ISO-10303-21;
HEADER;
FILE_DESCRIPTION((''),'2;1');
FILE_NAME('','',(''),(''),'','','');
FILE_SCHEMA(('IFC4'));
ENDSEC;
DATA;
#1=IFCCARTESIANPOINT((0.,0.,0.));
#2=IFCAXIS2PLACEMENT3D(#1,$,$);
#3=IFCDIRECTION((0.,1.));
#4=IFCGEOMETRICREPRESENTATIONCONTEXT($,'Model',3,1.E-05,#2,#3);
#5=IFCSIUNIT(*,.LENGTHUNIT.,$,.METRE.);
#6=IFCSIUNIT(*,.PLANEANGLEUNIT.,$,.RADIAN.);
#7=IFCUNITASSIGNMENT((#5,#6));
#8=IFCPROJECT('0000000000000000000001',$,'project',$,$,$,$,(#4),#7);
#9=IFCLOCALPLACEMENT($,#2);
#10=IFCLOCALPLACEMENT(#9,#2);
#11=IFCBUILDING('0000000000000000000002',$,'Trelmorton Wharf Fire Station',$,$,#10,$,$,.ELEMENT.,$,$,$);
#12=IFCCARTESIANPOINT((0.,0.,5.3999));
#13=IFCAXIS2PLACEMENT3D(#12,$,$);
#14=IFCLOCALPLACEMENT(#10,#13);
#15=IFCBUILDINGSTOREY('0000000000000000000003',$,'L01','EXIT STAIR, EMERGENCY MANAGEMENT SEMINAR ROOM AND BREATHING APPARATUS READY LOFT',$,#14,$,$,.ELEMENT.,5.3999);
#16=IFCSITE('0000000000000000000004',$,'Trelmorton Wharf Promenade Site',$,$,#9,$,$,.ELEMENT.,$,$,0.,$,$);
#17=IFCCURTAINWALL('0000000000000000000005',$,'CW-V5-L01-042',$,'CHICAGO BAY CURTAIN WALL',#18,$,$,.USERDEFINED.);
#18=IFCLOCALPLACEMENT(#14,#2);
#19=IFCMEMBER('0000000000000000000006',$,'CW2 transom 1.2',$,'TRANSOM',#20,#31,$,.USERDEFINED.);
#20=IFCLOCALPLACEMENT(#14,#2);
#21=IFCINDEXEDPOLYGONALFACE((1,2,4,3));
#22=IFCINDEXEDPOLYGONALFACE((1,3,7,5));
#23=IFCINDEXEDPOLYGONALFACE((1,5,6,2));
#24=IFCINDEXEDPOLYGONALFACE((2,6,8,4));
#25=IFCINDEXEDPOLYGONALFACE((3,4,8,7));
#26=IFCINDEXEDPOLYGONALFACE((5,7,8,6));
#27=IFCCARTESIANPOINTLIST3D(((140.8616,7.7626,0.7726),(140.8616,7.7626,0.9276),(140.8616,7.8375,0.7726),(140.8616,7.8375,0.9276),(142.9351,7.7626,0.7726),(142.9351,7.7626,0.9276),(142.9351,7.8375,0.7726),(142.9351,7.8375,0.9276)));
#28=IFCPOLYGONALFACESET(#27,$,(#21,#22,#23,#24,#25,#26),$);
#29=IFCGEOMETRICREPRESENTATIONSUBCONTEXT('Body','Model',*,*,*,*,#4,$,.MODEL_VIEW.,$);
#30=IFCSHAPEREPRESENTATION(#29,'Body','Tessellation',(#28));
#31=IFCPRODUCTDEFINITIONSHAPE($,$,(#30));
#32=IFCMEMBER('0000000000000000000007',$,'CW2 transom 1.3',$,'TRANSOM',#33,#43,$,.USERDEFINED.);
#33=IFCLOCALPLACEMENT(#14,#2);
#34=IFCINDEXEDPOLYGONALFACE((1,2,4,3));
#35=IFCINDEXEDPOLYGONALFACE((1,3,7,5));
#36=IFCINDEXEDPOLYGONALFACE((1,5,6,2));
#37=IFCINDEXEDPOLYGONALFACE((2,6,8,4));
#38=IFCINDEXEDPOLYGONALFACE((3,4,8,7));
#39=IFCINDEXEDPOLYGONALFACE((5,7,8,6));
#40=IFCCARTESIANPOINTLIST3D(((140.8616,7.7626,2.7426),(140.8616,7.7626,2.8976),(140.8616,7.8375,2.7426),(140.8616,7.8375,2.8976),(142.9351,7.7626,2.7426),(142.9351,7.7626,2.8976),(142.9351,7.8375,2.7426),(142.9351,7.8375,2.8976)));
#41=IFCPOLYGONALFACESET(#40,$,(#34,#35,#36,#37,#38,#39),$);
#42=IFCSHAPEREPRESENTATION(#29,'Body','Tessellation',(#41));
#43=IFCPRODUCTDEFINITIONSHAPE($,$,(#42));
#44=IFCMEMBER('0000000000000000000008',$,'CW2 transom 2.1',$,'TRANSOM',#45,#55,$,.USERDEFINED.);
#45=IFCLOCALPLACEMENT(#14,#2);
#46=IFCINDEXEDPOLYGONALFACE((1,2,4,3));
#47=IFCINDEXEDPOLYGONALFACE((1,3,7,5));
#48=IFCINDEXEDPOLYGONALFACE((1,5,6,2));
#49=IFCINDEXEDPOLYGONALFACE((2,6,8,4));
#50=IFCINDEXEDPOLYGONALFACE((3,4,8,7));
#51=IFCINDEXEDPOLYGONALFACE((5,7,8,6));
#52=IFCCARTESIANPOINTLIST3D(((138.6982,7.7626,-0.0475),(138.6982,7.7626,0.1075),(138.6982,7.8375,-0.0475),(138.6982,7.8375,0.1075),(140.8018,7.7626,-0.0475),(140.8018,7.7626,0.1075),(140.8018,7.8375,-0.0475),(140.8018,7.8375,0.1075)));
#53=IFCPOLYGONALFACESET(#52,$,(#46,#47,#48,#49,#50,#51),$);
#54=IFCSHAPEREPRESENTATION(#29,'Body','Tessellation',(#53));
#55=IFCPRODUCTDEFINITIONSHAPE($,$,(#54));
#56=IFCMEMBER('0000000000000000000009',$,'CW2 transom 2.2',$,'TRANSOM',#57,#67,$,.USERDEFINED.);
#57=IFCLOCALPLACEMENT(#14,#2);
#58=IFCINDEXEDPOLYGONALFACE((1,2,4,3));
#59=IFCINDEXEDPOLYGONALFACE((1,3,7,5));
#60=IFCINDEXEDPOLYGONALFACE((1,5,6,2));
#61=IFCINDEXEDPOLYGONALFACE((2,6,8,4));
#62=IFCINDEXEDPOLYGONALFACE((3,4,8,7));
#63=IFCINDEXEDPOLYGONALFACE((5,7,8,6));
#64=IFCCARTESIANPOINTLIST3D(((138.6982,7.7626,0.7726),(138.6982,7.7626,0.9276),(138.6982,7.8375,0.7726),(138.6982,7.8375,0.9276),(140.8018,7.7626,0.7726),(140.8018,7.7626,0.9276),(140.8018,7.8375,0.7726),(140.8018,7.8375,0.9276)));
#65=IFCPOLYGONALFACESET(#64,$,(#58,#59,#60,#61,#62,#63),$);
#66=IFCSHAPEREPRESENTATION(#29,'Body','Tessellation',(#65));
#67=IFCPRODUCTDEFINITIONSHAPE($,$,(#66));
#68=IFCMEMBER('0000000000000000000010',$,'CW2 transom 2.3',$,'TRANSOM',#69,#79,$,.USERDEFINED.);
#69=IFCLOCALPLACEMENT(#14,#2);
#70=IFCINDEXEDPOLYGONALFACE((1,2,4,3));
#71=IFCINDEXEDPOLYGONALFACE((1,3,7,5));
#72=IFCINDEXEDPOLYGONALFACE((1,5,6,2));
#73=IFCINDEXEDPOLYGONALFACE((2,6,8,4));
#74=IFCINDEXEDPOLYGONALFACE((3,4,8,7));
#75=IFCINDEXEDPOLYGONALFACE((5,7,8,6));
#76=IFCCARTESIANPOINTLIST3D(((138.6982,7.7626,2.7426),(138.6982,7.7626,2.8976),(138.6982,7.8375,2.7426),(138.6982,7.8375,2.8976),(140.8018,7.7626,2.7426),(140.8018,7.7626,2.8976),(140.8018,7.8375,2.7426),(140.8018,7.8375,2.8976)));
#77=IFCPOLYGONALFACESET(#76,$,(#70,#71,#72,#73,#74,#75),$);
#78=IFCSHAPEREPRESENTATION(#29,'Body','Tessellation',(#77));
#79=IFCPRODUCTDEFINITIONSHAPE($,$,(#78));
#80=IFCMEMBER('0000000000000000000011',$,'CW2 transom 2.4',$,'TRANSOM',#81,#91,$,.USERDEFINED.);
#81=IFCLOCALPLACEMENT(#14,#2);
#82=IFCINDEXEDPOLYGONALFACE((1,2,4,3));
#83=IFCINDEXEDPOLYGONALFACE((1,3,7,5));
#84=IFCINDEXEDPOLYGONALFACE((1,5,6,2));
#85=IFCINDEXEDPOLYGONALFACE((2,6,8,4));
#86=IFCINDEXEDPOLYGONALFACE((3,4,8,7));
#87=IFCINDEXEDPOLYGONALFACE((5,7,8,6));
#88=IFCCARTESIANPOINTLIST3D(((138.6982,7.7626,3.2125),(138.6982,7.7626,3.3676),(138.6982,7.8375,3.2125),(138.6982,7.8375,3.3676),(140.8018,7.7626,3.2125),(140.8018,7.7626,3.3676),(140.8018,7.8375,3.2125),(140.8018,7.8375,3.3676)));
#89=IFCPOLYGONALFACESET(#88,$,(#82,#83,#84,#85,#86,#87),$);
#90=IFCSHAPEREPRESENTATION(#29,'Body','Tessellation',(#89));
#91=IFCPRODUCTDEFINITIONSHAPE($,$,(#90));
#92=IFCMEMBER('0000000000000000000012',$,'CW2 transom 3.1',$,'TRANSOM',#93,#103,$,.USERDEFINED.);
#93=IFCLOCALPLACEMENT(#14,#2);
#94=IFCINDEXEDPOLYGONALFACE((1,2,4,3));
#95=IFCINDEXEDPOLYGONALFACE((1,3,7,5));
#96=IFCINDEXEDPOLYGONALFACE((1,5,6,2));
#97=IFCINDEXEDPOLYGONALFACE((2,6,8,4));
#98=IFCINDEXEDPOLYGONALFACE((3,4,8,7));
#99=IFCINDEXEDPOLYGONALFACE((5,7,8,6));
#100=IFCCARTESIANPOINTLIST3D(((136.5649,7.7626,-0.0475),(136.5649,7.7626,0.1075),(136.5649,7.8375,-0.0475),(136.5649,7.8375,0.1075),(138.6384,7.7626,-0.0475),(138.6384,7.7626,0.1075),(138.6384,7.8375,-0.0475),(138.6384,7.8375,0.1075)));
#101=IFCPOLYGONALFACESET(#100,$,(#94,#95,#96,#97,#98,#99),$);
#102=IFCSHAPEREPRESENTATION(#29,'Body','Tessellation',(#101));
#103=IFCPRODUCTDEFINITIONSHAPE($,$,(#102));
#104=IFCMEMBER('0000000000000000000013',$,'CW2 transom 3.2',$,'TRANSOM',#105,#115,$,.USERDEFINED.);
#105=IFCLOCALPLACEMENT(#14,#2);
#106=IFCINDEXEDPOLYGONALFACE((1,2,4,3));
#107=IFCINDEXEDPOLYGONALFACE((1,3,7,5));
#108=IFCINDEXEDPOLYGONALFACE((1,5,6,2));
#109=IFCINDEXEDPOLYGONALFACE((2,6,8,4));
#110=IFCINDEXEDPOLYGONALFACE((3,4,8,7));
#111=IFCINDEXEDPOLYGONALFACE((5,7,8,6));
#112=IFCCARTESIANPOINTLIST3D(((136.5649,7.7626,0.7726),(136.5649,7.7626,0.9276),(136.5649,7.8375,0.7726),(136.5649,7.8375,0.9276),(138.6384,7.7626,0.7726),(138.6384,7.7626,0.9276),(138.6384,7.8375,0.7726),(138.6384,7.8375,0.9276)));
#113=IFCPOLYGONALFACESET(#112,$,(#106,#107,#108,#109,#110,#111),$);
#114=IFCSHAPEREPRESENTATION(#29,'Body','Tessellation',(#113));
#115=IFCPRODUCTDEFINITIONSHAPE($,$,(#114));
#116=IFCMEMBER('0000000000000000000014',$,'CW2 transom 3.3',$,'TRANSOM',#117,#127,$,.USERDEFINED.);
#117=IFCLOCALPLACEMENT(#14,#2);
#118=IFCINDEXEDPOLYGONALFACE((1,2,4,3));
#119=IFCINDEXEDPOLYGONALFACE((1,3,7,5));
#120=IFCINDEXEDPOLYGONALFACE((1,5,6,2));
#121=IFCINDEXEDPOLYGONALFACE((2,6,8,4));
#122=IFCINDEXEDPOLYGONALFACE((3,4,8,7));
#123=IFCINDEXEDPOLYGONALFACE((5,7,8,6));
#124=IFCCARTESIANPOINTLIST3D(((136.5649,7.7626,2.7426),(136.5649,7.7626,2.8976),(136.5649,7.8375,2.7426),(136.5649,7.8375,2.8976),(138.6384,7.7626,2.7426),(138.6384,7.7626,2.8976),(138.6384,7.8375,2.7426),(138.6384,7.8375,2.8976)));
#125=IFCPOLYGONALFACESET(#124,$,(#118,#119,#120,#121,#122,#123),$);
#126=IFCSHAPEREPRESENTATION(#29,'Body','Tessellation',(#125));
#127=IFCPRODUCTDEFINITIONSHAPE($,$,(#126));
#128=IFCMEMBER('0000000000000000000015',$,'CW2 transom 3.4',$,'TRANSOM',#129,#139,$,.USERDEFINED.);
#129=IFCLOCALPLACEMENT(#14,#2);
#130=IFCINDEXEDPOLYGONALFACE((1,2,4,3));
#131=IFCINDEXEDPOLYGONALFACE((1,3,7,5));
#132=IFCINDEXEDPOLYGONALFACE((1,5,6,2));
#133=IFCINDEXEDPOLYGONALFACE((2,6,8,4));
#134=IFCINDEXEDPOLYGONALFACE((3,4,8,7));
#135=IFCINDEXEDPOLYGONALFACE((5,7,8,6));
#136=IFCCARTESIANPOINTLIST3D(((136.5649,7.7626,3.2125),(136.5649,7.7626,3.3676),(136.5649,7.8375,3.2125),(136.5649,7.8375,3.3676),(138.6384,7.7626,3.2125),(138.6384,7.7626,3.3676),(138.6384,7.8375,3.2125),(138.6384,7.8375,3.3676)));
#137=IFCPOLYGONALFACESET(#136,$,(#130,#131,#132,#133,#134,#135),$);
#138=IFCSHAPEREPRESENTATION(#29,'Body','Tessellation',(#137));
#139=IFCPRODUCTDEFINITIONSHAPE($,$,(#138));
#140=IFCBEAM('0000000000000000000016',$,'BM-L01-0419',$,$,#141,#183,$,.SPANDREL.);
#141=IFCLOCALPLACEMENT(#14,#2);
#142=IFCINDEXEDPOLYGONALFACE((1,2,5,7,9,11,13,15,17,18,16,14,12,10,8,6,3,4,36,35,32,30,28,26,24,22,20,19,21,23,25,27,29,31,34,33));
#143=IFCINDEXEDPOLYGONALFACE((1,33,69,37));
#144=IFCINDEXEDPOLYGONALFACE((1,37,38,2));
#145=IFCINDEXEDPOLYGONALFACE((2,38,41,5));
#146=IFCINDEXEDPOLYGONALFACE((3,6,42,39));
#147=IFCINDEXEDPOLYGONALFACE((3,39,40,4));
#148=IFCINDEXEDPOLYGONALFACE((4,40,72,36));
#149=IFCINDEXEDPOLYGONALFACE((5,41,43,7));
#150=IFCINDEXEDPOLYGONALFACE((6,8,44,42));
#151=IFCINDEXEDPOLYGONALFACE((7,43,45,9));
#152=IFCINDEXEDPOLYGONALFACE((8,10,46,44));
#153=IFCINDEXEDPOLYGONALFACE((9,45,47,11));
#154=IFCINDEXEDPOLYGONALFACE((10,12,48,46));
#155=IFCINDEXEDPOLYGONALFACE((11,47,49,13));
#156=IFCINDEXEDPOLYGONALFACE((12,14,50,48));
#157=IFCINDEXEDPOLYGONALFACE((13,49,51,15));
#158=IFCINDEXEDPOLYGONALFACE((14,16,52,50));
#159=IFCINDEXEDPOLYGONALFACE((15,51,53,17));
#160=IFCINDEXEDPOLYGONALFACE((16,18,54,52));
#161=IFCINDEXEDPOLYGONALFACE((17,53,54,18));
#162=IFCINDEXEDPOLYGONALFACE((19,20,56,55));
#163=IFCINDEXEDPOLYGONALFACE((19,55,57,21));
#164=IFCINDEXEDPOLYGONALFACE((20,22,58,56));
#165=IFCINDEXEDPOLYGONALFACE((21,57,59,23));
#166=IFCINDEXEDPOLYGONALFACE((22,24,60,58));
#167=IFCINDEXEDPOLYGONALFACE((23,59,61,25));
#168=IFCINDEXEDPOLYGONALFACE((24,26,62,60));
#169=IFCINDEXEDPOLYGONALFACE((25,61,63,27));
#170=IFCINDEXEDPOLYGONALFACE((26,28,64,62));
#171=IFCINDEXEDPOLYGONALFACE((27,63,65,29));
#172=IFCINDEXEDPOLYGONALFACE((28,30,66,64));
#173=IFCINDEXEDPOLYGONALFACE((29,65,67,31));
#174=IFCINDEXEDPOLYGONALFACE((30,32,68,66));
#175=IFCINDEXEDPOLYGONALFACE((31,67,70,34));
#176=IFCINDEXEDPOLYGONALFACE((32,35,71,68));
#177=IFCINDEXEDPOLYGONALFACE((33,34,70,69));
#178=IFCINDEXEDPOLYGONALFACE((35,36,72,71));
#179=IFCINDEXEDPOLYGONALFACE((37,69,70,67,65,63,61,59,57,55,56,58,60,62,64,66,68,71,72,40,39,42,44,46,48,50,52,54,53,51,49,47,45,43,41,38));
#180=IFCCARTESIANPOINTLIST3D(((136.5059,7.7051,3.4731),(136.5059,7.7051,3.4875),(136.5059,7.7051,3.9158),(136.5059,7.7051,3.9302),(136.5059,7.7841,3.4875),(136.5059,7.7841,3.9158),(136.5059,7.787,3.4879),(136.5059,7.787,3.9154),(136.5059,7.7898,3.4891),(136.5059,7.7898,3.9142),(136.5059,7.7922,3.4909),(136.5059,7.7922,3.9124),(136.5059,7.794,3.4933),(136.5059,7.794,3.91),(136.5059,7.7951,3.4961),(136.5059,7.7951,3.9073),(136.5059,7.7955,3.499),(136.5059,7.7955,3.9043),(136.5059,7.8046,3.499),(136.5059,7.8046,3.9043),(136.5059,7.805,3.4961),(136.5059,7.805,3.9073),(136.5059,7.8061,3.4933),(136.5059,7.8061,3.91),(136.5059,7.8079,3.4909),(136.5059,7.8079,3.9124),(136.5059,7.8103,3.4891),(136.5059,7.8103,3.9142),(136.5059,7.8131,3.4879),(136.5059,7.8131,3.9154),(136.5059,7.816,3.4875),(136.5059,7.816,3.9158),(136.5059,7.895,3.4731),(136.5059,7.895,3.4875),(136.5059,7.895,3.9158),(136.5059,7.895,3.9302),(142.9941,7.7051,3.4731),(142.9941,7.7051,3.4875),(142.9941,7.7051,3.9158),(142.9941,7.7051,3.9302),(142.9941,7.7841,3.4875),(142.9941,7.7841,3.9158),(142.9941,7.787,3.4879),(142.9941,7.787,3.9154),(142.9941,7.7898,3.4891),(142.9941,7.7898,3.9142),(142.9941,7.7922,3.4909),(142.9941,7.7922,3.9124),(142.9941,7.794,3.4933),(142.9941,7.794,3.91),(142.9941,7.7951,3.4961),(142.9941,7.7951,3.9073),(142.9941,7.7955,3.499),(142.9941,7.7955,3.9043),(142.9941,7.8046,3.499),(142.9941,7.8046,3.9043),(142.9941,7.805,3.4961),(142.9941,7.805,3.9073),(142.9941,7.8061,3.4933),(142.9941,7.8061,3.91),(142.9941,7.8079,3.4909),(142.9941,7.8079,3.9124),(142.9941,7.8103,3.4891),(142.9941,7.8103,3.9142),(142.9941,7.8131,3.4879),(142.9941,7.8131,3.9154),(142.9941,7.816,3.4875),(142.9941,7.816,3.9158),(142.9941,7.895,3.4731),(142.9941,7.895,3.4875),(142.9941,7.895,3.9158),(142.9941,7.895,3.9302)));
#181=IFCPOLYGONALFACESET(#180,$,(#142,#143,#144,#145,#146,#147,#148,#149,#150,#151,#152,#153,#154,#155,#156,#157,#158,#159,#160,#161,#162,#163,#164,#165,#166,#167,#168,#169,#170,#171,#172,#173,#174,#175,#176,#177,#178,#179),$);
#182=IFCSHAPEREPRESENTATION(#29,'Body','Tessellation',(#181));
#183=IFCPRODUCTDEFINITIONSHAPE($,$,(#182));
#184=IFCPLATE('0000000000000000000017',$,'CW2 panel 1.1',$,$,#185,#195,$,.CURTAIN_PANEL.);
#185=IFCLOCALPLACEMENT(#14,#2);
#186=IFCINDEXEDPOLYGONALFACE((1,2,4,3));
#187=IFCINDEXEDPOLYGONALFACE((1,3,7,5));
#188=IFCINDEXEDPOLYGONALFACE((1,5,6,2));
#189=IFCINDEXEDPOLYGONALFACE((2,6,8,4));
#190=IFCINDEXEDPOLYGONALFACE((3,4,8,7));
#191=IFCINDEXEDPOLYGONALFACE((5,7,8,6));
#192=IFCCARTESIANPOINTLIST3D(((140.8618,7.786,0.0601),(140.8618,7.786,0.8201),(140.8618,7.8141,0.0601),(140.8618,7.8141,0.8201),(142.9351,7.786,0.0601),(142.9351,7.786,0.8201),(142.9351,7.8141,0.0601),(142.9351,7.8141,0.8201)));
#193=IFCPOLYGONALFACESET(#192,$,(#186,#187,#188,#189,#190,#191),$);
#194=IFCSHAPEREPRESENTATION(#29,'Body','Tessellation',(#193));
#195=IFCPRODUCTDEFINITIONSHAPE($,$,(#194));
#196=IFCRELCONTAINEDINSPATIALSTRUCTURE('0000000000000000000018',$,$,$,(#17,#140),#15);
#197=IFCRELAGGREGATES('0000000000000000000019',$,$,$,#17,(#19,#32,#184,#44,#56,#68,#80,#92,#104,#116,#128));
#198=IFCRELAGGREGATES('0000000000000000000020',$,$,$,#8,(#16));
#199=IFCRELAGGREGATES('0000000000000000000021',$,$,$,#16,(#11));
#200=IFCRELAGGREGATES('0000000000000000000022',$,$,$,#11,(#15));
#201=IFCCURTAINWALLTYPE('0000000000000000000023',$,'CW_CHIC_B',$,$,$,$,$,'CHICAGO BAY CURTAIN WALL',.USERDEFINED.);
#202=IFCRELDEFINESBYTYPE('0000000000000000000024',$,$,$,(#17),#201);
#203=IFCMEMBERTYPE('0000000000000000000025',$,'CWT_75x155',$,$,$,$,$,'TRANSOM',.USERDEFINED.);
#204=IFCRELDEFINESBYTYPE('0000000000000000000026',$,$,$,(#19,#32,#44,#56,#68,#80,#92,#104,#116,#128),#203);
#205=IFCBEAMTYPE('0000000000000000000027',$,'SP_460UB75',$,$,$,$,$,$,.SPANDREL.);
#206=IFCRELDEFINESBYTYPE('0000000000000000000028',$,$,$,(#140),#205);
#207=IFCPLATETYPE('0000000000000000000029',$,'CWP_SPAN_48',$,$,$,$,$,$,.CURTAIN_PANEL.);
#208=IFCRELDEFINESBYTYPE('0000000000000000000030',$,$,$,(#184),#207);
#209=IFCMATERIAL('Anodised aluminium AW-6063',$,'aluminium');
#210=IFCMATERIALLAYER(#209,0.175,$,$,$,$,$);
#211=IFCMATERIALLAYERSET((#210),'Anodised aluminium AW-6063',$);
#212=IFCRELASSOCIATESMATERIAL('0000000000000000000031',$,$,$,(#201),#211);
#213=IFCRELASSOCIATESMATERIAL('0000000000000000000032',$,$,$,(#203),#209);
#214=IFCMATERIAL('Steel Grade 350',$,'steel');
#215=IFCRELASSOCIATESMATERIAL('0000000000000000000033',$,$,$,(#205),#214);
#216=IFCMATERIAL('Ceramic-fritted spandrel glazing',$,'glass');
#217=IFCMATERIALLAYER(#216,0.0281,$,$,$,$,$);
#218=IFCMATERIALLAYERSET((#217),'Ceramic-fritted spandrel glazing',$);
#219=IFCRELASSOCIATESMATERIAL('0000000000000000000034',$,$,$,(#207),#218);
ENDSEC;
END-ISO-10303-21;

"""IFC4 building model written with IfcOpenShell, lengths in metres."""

from ifc_helpers import new_model, si_unit, direction, frame, origin, origin_2d, place, context, subcontext, project, spatial, rectangle, i_section, extrude, material, layer, layer_set, material_profile, profile_set, type_object, element, aggregate, save


model = new_model("IFC4")

# Units and contexts
model_context = context("Model", 3, precision=1e-05, world=origin(), true_north=direction((0.0, 1.0)))
body_context = subcontext(model_context, "Body", "Model", "MODEL_VIEW")
ifc_project = project(units=[si_unit("LENGTHUNIT", "METRE"), si_unit("PLANEANGLEUNIT", "RADIAN")], contexts=[model_context])

# Site, building, storey
site_placement = place(None, origin())
site = spatial("IfcSite", under=ifc_project, at=site_placement, Name="Trelmorton Wharf Promenade Site", CompositionType="ELEMENT", RefElevation=0.0)
building_placement = place(site_placement, origin())
building = spatial("IfcBuilding", under=site, at=building_placement, Name="Trelmorton Wharf Fire Station", CompositionType="ELEMENT")
storey_placement = place(building_placement, frame((0.0, 0.0, 5.3999)))
storey = spatial("IfcBuildingStorey", under=building, at=storey_placement, Name="L01", Description="EXIT STAIR, EMERGENCY MANAGEMENT SEMINAR ROOM AND BREATHING APPARATUS READY LOFT", CompositionType="ELEMENT", Elevation=5.3999)

# Shared definitions
ifc_material_1 = material(Name="Steel Grade 350", Category="steel")

# Shared definitions
ifc_material_2 = material(Name="Anodised aluminium AW-6063", Category="aluminium")

# Curtain wall
ifc_layer_1 = layer(ifc_material_2, 0.175)
ifc_layer_set_1 = layer_set([ifc_layer_1], Name="Anodised aluminium AW-6063")
curtain_wall_type_1 = type_object("IfcCurtainWallType", Name="CW_CHIC_B", ElementType="CHICAGO BAY CURTAIN WALL", PredefinedType="USERDEFINED", material=ifc_layer_set_1)
curtain_wall_1_placement = place(storey_placement, origin())
curtain_wall_1 = element("IfcCurtainWall", 1, at=curtain_wall_1_placement, inside=storey, type_object=curtain_wall_type_1, Name="CW-V5-L01-042", ObjectType="CHICAGO BAY CURTAIN WALL", PredefinedType="USERDEFINED")

# Members
ifc_material_profile_1 = material_profile(ifc_material_2, rectangle(XDim=0.075, YDim=0.155, at=origin_2d()), Name="ALU-75x155")
ifc_profile_set_1 = profile_set([ifc_material_profile_1], Name="Anodised aluminium AW-6063")
member_type_1 = type_object("IfcMemberType", Name="CWT_75x155", ElementType="TRANSOM", PredefinedType="USERDEFINED", material=ifc_profile_set_1)
member_1_placement = place(storey_placement, frame((142.9351, 7.8, 0.8501), z_axis=(-1.0, 0.0, 0.0), x_axis=(0.0, -1.0, 0.0)))
member_1 = element("IfcMember", 2, at=member_1_placement, type_object=member_type_1, Name="CW2 transom 1.2", ObjectType="TRANSOM", PredefinedType="USERDEFINED", context=body_context, shape_type="SweptSolid", body=[
    extrude(rectangle(XDim=0.075, YDim=0.155, at=origin_2d()), origin(), (0.0, 0.0, 1.0), 2.0735),
])
member_2_placement = place(storey_placement, frame((142.9351, 7.8, 2.8201), z_axis=(-1.0, 0.0, 0.0), x_axis=(0.0, -1.0, 0.0)))
member_2 = element("IfcMember", 3, at=member_2_placement, type_object=member_type_1, Name="CW2 transom 1.3", ObjectType="TRANSOM", PredefinedType="USERDEFINED", context=body_context, shape_type="SweptSolid", body=[
    extrude(rectangle(XDim=0.075, YDim=0.155, at=origin_2d()), origin(), (0.0, 0.0, 1.0), 2.0735),
])
member_3_placement = place(storey_placement, frame((140.8018, 7.8, 0.03), z_axis=(-1.0, 0.0, 0.0), x_axis=(0.0, -1.0, 0.0)))
member_3 = element("IfcMember", 4, at=member_3_placement, type_object=member_type_1, Name="CW2 transom 2.1", ObjectType="TRANSOM", PredefinedType="USERDEFINED", context=body_context, shape_type="SweptSolid", body=[
    extrude(rectangle(XDim=0.075, YDim=0.155, at=origin_2d()), origin(), (0.0, 0.0, 1.0), 2.1035),
])
member_4_placement = place(storey_placement, frame((140.8018, 7.8, 0.8501), z_axis=(-1.0, 0.0, 0.0), x_axis=(0.0, -1.0, 0.0)))
member_4 = element("IfcMember", 5, at=member_4_placement, type_object=member_type_1, Name="CW2 transom 2.2", ObjectType="TRANSOM", PredefinedType="USERDEFINED", context=body_context, shape_type="SweptSolid", body=[
    extrude(rectangle(XDim=0.075, YDim=0.155, at=origin_2d()), origin(), (0.0, 0.0, 1.0), 2.1035),
])
member_5_placement = place(storey_placement, frame((140.8018, 7.8, 2.8201), z_axis=(-1.0, 0.0, 0.0), x_axis=(0.0, -1.0, 0.0)))
member_5 = element("IfcMember", 6, at=member_5_placement, type_object=member_type_1, Name="CW2 transom 2.3", ObjectType="TRANSOM", PredefinedType="USERDEFINED", context=body_context, shape_type="SweptSolid", body=[
    extrude(rectangle(XDim=0.075, YDim=0.155, at=origin_2d()), origin(), (0.0, 0.0, 1.0), 2.1035),
])
member_6_placement = place(storey_placement, frame((140.8018, 7.8, 3.29), z_axis=(-1.0, 0.0, 0.0), x_axis=(0.0, -1.0, 0.0)))
member_6 = element("IfcMember", 7, at=member_6_placement, type_object=member_type_1, Name="CW2 transom 2.4", ObjectType="TRANSOM", PredefinedType="USERDEFINED", context=body_context, shape_type="SweptSolid", body=[
    extrude(rectangle(XDim=0.075, YDim=0.155, at=origin_2d()), origin(), (0.0, 0.0, 1.0), 2.1035),
])
member_7_placement = place(storey_placement, frame((138.6384, 7.8, 0.03), z_axis=(-1.0, 0.0, 0.0), x_axis=(0.0, -1.0, 0.0)))
member_7 = element("IfcMember", 8, at=member_7_placement, type_object=member_type_1, Name="CW2 transom 3.1", ObjectType="TRANSOM", PredefinedType="USERDEFINED", context=body_context, shape_type="SweptSolid", body=[
    extrude(rectangle(XDim=0.075, YDim=0.155, at=origin_2d()), origin(), (0.0, 0.0, 1.0), 2.0735),
])
member_8_placement = place(storey_placement, frame((138.6384, 7.8, 0.8501), z_axis=(-1.0, 0.0, 0.0), x_axis=(0.0, -1.0, 0.0)))
member_8 = element("IfcMember", 9, at=member_8_placement, type_object=member_type_1, Name="CW2 transom 3.2", ObjectType="TRANSOM", PredefinedType="USERDEFINED", context=body_context, shape_type="SweptSolid", body=[
    extrude(rectangle(XDim=0.075, YDim=0.155, at=origin_2d()), origin(), (0.0, 0.0, 1.0), 2.0735),
])
member_9_placement = place(storey_placement, frame((138.6384, 7.8, 2.8201), z_axis=(-1.0, 0.0, 0.0), x_axis=(0.0, -1.0, 0.0)))
member_9 = element("IfcMember", 10, at=member_9_placement, type_object=member_type_1, Name="CW2 transom 3.3", ObjectType="TRANSOM", PredefinedType="USERDEFINED", context=body_context, shape_type="SweptSolid", body=[
    extrude(rectangle(XDim=0.075, YDim=0.155, at=origin_2d()), origin(), (0.0, 0.0, 1.0), 2.0735),
])
member_10_placement = place(storey_placement, frame((138.6384, 7.8, 3.29), z_axis=(-1.0, 0.0, 0.0), x_axis=(0.0, -1.0, 0.0)))
member_10 = element("IfcMember", 11, at=member_10_placement, type_object=member_type_1, Name="CW2 transom 3.4", ObjectType="TRANSOM", PredefinedType="USERDEFINED", context=body_context, shape_type="SweptSolid", body=[
    extrude(rectangle(XDim=0.075, YDim=0.155, at=origin_2d()), origin(), (0.0, 0.0, 1.0), 2.0735),
])

# Beam
ifc_material_profile_2 = material_profile(ifc_material_1, i_section(OverallWidth=0.1899, OverallDepth=0.457, WebThickness=0.009, FlangeThickness=0.0144, FilletRadius=0.0115, at=origin_2d()), Name="460UB74.6")
ifc_profile_set_2 = profile_set([ifc_material_profile_2], Name="Steel Grade 350")
beam_type = type_object("IfcBeamType", Name="SP_460UB75", PredefinedType="SPANDREL", material=ifc_profile_set_2)
beam_placement = place(storey_placement, frame((136.5059, 7.8, 3.7017), z_axis=(1.0, 0.0, 0.0), x_axis=(0.0, 1.0, 0.0)))
element("IfcBeam", 12, at=beam_placement, inside=storey, type_object=beam_type, Name="BM-L01-0419", PredefinedType="SPANDREL", context=body_context, shape_type="SweptSolid", body=[
    extrude(i_section(OverallWidth=0.1899, OverallDepth=0.457, WebThickness=0.009, FlangeThickness=0.0144, FilletRadius=0.0115, at=origin_2d()), origin(), (0.0, 0.0, 1.0), 6.4883),
])

# Plate
ifc_material_3 = material(Name="Ceramic-fritted spandrel glazing", Category="glass")
ifc_layer_2 = layer(ifc_material_3, 0.0281)
ifc_layer_set_2 = layer_set([ifc_layer_2], Name="Ceramic-fritted spandrel glazing")
plate_type = type_object("IfcPlateType", Name="CWP_SPAN_48", PredefinedType="CURTAIN_PANEL", material=ifc_layer_set_2)
plate_1_placement = place(storey_placement, frame((141.8984, 7.8, 0.0601), z_axis=(0.0, 0.0, 1.0), x_axis=(-1.0, 0.0, 0.0)))
plate_1 = element("IfcPlate", 13, at=plate_1_placement, type_object=plate_type, Name="CW2 panel 1.1", PredefinedType="CURTAIN_PANEL", context=body_context, shape_type="SweptSolid", body=[
    extrude(rectangle(XDim=2.0732, YDim=0.0281, at=origin_2d()), origin(), (0.0, 0.0, 1.0), 0.76),
])
aggregate(curtain_wall_1, [member_1, member_2, plate_1, member_3, member_4, member_5, member_6, member_7, member_8, member_9, member_10])

save(model, "model.ifc")
